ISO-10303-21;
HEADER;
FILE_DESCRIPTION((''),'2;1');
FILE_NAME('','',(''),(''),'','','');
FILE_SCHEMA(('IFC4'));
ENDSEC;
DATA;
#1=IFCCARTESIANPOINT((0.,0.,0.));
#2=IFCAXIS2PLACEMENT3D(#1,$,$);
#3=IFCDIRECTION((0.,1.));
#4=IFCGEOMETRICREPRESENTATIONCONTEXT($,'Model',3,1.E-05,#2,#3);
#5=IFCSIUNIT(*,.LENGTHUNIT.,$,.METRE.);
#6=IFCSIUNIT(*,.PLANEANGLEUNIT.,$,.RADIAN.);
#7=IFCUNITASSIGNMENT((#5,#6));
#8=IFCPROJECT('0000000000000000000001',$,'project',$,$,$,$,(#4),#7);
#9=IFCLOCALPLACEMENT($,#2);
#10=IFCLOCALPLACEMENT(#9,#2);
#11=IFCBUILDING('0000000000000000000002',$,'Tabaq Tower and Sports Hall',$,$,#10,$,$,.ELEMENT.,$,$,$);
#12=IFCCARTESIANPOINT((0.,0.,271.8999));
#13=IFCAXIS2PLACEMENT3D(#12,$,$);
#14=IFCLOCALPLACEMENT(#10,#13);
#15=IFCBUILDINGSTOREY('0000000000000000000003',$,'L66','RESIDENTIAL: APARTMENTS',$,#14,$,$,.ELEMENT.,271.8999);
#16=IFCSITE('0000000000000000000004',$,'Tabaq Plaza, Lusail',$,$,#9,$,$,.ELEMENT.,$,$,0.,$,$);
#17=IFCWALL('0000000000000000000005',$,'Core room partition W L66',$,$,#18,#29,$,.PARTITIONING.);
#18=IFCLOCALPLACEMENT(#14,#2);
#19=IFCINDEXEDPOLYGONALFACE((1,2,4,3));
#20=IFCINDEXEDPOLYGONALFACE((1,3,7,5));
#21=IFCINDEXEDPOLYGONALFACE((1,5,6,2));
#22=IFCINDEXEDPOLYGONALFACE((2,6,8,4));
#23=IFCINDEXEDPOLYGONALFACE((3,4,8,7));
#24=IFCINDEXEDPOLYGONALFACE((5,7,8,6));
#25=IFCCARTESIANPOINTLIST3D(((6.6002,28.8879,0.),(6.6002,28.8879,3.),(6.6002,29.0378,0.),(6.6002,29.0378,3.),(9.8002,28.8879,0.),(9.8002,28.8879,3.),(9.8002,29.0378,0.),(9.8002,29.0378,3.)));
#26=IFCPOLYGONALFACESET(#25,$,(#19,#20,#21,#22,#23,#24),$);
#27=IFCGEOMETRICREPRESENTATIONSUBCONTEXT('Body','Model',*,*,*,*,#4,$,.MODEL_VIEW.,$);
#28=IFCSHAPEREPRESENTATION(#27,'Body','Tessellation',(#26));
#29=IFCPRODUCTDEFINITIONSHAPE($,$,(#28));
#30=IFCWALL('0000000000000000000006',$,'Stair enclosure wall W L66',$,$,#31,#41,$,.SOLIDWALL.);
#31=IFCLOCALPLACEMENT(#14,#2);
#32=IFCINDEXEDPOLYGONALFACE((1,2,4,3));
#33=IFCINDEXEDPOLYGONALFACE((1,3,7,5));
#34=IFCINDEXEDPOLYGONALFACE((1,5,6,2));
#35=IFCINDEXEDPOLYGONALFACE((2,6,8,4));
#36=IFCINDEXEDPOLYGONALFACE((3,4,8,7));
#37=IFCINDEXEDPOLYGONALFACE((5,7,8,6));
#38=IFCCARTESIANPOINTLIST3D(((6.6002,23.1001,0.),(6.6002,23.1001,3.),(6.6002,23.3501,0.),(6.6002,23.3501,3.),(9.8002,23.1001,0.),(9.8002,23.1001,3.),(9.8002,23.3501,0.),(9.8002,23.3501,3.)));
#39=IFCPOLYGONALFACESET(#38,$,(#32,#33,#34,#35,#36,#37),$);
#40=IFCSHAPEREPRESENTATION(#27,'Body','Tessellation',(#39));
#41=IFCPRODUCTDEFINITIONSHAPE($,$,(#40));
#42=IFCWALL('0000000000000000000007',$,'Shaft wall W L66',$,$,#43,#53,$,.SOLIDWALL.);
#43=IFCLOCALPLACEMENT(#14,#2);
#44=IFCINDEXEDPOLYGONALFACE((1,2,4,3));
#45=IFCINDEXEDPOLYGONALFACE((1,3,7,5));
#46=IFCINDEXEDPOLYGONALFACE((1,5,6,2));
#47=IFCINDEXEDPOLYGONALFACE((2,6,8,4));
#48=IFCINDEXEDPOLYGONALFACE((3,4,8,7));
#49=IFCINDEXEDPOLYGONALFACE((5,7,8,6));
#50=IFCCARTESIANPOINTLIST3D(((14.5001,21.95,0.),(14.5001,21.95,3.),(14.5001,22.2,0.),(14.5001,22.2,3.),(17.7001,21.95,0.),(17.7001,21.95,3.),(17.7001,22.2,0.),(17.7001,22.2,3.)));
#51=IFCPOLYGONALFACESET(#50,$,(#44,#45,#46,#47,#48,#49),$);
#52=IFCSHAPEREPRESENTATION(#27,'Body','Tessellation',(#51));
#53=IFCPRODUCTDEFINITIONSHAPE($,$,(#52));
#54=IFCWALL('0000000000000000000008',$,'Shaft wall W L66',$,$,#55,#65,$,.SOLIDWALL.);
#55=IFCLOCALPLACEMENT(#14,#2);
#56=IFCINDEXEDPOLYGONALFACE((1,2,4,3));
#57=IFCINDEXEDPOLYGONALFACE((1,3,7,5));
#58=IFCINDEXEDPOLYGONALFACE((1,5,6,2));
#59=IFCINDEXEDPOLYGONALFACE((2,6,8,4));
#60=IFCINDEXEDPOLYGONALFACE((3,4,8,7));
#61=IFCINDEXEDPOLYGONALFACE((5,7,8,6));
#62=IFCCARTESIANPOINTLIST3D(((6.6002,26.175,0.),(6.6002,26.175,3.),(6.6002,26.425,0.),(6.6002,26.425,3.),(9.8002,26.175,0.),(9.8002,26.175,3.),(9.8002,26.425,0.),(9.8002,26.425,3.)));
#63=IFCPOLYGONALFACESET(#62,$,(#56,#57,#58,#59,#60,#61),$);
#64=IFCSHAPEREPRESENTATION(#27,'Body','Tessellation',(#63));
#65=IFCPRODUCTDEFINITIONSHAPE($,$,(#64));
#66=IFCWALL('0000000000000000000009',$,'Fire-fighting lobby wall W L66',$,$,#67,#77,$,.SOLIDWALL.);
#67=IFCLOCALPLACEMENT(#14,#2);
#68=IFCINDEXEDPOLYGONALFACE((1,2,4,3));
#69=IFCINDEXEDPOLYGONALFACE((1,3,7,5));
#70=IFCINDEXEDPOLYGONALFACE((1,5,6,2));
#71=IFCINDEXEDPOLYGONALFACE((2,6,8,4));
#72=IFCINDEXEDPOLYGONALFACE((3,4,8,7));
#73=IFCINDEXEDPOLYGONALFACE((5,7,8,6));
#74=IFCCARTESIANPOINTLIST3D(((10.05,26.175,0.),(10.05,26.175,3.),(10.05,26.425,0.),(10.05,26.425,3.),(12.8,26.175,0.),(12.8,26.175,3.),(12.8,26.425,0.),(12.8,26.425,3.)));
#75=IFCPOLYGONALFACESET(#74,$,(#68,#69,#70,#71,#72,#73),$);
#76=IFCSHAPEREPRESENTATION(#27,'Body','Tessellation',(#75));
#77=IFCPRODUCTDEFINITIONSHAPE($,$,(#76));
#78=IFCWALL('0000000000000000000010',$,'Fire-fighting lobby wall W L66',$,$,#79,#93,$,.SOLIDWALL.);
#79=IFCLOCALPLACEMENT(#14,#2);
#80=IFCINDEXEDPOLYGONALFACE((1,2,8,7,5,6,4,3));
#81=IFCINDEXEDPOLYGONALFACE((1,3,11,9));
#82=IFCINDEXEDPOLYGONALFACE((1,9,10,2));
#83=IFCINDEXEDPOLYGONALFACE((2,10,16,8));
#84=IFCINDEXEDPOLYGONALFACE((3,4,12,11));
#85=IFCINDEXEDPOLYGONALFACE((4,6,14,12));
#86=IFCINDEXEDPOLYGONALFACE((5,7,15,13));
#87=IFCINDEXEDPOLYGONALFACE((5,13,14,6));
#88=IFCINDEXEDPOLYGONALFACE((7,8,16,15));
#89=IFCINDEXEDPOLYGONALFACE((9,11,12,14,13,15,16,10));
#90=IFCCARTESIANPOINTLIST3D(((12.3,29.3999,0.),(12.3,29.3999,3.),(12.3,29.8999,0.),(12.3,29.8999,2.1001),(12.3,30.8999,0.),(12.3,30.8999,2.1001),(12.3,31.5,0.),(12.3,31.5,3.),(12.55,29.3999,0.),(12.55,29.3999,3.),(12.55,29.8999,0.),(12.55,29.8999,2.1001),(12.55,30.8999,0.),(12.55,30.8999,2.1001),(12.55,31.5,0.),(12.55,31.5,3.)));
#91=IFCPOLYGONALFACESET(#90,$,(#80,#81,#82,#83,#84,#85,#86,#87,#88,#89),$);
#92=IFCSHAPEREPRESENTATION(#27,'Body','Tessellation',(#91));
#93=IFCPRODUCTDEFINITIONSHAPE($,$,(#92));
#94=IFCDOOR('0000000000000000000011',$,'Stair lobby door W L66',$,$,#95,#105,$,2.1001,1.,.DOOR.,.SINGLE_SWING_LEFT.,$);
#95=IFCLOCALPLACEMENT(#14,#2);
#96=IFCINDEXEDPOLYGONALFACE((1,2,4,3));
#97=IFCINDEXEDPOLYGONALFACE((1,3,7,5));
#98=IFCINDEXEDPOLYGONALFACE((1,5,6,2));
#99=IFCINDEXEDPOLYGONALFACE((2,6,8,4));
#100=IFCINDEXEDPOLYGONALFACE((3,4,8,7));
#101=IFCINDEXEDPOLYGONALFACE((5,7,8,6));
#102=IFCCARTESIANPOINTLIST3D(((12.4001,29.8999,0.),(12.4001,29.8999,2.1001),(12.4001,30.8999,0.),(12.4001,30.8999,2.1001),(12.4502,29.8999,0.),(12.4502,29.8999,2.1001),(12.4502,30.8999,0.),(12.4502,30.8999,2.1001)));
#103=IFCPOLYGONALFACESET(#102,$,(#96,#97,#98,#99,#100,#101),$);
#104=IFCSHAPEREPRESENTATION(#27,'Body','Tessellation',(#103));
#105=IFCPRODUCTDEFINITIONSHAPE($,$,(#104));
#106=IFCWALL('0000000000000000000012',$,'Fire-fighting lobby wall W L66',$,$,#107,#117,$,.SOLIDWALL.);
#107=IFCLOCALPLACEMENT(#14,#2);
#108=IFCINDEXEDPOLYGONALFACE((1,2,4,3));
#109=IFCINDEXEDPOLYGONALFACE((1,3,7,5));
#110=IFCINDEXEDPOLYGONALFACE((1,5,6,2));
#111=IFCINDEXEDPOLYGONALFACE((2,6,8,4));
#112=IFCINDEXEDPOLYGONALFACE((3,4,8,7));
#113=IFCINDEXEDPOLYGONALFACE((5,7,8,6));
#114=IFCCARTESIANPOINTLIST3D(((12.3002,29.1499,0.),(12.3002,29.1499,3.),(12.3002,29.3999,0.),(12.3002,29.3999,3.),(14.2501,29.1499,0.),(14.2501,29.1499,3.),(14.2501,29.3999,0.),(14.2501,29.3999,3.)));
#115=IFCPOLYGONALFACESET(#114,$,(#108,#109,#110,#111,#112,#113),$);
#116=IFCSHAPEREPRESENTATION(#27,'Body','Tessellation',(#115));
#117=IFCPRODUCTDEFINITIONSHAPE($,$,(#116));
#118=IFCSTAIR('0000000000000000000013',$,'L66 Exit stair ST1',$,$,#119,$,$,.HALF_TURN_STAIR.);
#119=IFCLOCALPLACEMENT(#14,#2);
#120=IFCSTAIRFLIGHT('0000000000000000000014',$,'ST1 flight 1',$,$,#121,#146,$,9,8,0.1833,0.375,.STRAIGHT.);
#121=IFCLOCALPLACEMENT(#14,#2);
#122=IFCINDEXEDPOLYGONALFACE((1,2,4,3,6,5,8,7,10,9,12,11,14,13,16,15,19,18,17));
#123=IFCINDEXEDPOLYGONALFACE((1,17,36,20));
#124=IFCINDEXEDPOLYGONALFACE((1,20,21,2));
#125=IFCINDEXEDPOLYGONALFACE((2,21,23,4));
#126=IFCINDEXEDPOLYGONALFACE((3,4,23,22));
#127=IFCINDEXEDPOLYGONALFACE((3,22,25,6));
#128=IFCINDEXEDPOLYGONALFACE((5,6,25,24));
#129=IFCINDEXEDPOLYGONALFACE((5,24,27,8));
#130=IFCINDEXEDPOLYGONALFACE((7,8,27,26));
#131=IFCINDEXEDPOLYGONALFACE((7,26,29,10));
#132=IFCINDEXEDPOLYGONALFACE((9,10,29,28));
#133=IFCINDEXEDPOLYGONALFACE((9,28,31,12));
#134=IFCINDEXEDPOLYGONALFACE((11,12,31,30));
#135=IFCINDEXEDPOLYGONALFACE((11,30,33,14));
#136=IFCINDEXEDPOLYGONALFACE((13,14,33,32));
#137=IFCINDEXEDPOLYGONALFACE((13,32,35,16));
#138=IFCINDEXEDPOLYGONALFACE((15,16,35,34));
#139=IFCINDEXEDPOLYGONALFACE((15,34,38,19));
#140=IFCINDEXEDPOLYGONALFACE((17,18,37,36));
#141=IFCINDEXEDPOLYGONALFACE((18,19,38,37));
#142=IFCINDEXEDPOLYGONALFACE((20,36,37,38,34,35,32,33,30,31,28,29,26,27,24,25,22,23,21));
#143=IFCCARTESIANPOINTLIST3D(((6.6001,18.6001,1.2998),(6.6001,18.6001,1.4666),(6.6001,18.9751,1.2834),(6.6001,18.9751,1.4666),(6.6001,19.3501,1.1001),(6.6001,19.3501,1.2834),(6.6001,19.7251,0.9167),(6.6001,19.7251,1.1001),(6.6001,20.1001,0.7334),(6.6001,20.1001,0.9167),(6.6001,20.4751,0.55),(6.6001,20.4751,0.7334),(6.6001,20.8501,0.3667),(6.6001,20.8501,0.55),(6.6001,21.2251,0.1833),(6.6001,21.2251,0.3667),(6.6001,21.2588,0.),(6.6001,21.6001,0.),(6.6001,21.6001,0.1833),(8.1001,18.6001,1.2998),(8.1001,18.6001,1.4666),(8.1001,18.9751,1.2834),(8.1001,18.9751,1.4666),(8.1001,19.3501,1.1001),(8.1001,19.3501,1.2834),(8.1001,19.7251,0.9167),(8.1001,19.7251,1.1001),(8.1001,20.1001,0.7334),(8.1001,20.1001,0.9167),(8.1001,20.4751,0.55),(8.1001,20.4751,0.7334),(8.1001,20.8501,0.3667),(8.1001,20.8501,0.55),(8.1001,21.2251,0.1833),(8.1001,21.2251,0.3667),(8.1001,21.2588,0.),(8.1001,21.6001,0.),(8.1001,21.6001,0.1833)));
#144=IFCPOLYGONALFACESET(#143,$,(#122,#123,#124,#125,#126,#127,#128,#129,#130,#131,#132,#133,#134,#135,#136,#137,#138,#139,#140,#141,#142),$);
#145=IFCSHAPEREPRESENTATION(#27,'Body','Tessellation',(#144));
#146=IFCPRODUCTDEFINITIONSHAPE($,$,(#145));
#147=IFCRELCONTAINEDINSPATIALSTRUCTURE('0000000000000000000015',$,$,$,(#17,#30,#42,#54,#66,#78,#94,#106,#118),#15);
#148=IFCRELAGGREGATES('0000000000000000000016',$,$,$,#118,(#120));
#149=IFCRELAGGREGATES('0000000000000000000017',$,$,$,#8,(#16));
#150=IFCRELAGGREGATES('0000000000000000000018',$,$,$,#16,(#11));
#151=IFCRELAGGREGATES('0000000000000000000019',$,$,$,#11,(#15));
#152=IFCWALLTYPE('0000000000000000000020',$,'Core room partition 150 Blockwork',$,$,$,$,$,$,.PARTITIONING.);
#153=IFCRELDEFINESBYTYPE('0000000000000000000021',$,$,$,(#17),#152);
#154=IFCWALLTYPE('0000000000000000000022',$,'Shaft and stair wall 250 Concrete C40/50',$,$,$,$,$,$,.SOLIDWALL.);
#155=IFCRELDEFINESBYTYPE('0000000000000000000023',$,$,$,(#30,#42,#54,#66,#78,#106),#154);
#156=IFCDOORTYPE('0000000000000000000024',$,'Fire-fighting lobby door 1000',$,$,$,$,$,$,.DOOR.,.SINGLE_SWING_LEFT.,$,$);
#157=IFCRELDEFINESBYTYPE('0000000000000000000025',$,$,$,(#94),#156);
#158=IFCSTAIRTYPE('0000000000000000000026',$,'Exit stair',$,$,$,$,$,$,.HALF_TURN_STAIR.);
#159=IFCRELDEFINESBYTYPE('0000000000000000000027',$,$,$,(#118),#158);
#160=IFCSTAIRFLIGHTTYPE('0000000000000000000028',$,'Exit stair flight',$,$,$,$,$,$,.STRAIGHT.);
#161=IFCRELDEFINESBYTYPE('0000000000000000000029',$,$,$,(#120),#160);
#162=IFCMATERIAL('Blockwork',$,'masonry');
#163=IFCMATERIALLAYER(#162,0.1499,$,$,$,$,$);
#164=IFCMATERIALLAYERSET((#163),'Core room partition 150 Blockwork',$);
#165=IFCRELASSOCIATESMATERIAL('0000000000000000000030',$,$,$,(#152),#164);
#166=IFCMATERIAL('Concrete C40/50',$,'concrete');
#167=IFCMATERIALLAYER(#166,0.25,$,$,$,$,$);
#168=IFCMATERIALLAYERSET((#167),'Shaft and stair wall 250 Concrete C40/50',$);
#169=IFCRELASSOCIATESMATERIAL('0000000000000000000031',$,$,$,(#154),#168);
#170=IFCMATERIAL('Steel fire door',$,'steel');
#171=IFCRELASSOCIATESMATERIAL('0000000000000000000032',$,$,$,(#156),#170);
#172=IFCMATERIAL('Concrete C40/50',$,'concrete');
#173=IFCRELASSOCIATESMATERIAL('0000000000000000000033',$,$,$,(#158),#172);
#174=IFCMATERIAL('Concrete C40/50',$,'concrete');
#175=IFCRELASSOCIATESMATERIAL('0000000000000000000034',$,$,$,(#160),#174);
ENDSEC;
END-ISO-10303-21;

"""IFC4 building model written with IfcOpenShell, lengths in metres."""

from ifc_helpers import new_model, si_unit, direction, frame, frame_2d, origin, place, context, subcontext, project, spatial, polyline, rectangle, outline, extrude, material, layer, layer_set, type_object, element, fill, aggregate, save


model = new_model("IFC4")

# Units and contexts
model_context = context("Model", 3, precision=1e-05, world=origin(), true_north=direction((0.0, 1.0)))
body_context = subcontext(model_context, "Body", "Model", "MODEL_VIEW")
ifc_project = project(units=[si_unit("LENGTHUNIT", "METRE"), si_unit("PLANEANGLEUNIT", "RADIAN")], contexts=[model_context])

# Site, building, storey
site_placement = place(None, origin())
site = spatial("IfcSite", under=ifc_project, at=site_placement, Name="Tabaq Plaza, Lusail", CompositionType="ELEMENT", RefElevation=0.0)
building_placement = place(site_placement, origin())
building = spatial("IfcBuilding", under=site, at=building_placement, Name="Tabaq Tower and Sports Hall", CompositionType="ELEMENT")
storey_placement = place(building_placement, frame((0.0, 0.0, 271.8999)))
storey = spatial("IfcBuildingStorey", under=building, at=storey_placement, Name="L66", Description="RESIDENTIAL: APARTMENTS", CompositionType="ELEMENT", Elevation=271.8999)

# Wall
ifc_material_1 = material(Name="Blockwork", Category="masonry")
ifc_layer_1 = layer(ifc_material_1, 0.1499)
ifc_layer_set_1 = layer_set([ifc_layer_1], Name="Core room partition 150 Blockwork")
wall_type_1 = type_object("IfcWallType", Name="Core room partition 150 Blockwork", PredefinedType="PARTITIONING", material=ifc_layer_set_1)
wall_1_placement = place(storey_placement, frame((6.6001, 28.9629, 0.0), z_axis=(0.0, 0.0, 1.0), x_axis=(1.0, 0.0, 0.0)))
element("IfcWall", 1, at=wall_1_placement, inside=storey, type_object=wall_type_1, Name="Core room partition W L66", PredefinedType="PARTITIONING", context=body_context, shape_type="SweptSolid", body=[
    extrude(rectangle(XDim=3.2, YDim=0.1499, at=frame_2d((1.6001, 0.0))), origin(), (0.0, 0.0, 1.0), 3.0),
])

# Walls
ifc_material_2 = material(Name="Concrete C40/50", Category="concrete")
ifc_layer_2 = layer(ifc_material_2, 0.25)
ifc_layer_set_2 = layer_set([ifc_layer_2], Name="Shaft and stair wall 250 Concrete C40/50")
wall_type_2 = type_object("IfcWallType", Name="Shaft and stair wall 250 Concrete C40/50", PredefinedType="SOLIDWALL", material=ifc_layer_set_2)
for number, where, z_axis, x_axis, name in (
    (2, (6.6001, 23.2251, 0.0), (0.0, 0.0, 1.0), (1.0, 0.0, 0.0), "Stair enclosure wall W L66"),
    (3, (14.5, 22.075, 0.0), (0.0, 0.0, 1.0), (1.0, 0.0, 0.0), "Shaft wall W L66"),
    (4, (6.6001, 26.3, 0.0), (0.0, 0.0, 1.0), (1.0, 0.0, 0.0), "Shaft wall W L66"),
):
    element("IfcWall", number, at=place(storey_placement, frame(where, z_axis=z_axis, x_axis=x_axis)), inside=storey, type_object=wall_type_2, Name=name, PredefinedType="SOLIDWALL", context=body_context, shape_type="SweptSolid", body=[
        extrude(rectangle(XDim=3.2, YDim=0.25, at=frame_2d((1.6001, 0.0))), origin(), (0.0, 0.0, 1.0), 3.0),
    ])
wall_2_placement = place(storey_placement, frame((10.05, 26.3, 0.0), z_axis=(0.0, 0.0, 1.0), x_axis=(1.0, 0.0, 0.0)))
element("IfcWall", 5, at=wall_2_placement, inside=storey, type_object=wall_type_2, Name="Fire-fighting lobby wall W L66", PredefinedType="SOLIDWALL", context=body_context, shape_type="SweptSolid", body=[
    extrude(rectangle(XDim=2.75, YDim=0.25, at=frame_2d((1.375, 0.0))), origin(), (0.0, 0.0, 1.0), 3.0),
])

# Wall, opening, door
wall_3_placement = place(storey_placement, frame((12.425, 29.3999, 0.0), z_axis=(0.0, 0.0, 1.0), x_axis=(0.0, 1.0, 0.0)))
wall_3 = element("IfcWall", 6, at=wall_3_placement, inside=storey, type_object=wall_type_2, Name="Fire-fighting lobby wall W L66", PredefinedType="SOLIDWALL", context=body_context, shape_type="SweptSolid", body=[
    extrude(rectangle(XDim=2.1001, YDim=0.25, at=frame_2d((1.05, 0.0))), origin(), (0.0, 0.0, 1.0), 3.0),
])
opening_1_placement = place(wall_3_placement, frame((0.5, 0.0, 0.0)))
opening_1 = element("IfcOpeningElement", 7, at=opening_1_placement, cuts=wall_3, PredefinedType="OPENING", context=body_context, shape_type="SweptSolid", body=[
    extrude(rectangle(XDim=1.0, YDim=2.1001, at=frame_2d((0.5, 1.05))), frame((0.0, 0.125, 0.0), z_axis=(0.0, -1.0, 0.0), x_axis=(1.0, 0.0, 0.0)), (0.0, 0.0, 1.0), 0.25),
])
ifc_material_3 = material(Name="Steel fire door", Category="steel")
door_type_1 = type_object("IfcDoorType", Name="Fire-fighting lobby door 1000", OperationType="SINGLE_SWING_LEFT", PredefinedType="DOOR", material=ifc_material_3)
door_1_placement = place(opening_1_placement, origin())
door_1 = element("IfcDoor", 8, at=door_1_placement, inside=storey, type_object=door_type_1, Name="Stair lobby door W L66", OperationType="SINGLE_SWING_LEFT", OverallHeight=2.1001, OverallWidth=1.0, PredefinedType="DOOR", context=body_context, shape_type="SweptSolid", body=[
    extrude(rectangle(XDim=1.0, YDim=2.1001, at=frame_2d((0.5, 1.05))), frame((0.0, 0.0249, 0.0), z_axis=(0.0, -1.0, 0.0), x_axis=(1.0, 0.0, 0.0)), (0.0, 0.0, 1.0), 0.05),
])
fill(opening_1, door_1)

# Wall
wall_4_placement = place(storey_placement, frame((12.3, 29.2749, 0.0), z_axis=(0.0, 0.0, 1.0), x_axis=(1.0, 0.0, 0.0)))
element("IfcWall", 9, at=wall_4_placement, inside=storey, type_object=wall_type_2, Name="Fire-fighting lobby wall W L66", PredefinedType="SOLIDWALL", context=body_context, shape_type="SweptSolid", body=[
    extrude(rectangle(XDim=1.95, YDim=0.25, at=frame_2d((0.9751, 0.0))), origin(), (0.0, 0.0, 1.0), 3.0),
])

# Stair, stair flight
ifc_material_4 = material(Name="Concrete C40/50", Category="concrete")
stair_type = type_object("IfcStairType", Name="Exit stair", PredefinedType="HALF_TURN_STAIR", material=ifc_material_4)
stair_placement = place(storey_placement, origin())
stair = element("IfcStair", 10, at=stair_placement, inside=storey, type_object=stair_type, Name="L66 Exit stair ST1", PredefinedType="HALF_TURN_STAIR")
ifc_material_5 = material(Name="Concrete C40/50", Category="concrete")
stair_flight_type = type_object("IfcStairFlightType", Name="Exit stair flight", PredefinedType="STRAIGHT", material=ifc_material_5)
stair_flight_placement = place(storey_placement, frame((7.3501, 21.6001, 0.0), z_axis=(0.0, 0.0, 1.0), x_axis=(0.0, -1.0, 0.0)))
stair_flight = element("IfcStairFlight", 11, at=stair_flight_placement, type_object=stair_flight_type, Name="ST1 flight 1", NumberOfRisers=9, NumberOfTreads=8, PredefinedType="STRAIGHT", RiserHeight=0.1833, TreadLength=0.375, context=body_context, shape_type="SweptSolid", body=[
    extrude(outline(polyline([(0.0, 0.0), (0.0, 0.1833), (0.375, 0.1833), (0.375, 0.3667), (0.75, 0.3667), (0.75, 0.55), (1.125, 0.55), (1.125, 0.7334), (1.5, 0.7334), (1.5, 0.9167), (1.875, 0.9167), (1.875, 1.1001), (2.25, 1.1001), (2.25, 1.2834), (2.625, 1.2834), (2.625, 1.4666), (3.0, 1.4666), (3.0, 1.6499), (3.0, 1.2998), (0.3413, 0.0), (0.0, 0.0)])), frame((0.0, 0.75, 0.0), z_axis=(0.0, -1.0, 0.0), x_axis=(1.0, 0.0, 0.0)), (0.0, 0.0, 1.0), 1.5),
])
aggregate(stair, [stair_flight])

save(model, "model.ifc")
